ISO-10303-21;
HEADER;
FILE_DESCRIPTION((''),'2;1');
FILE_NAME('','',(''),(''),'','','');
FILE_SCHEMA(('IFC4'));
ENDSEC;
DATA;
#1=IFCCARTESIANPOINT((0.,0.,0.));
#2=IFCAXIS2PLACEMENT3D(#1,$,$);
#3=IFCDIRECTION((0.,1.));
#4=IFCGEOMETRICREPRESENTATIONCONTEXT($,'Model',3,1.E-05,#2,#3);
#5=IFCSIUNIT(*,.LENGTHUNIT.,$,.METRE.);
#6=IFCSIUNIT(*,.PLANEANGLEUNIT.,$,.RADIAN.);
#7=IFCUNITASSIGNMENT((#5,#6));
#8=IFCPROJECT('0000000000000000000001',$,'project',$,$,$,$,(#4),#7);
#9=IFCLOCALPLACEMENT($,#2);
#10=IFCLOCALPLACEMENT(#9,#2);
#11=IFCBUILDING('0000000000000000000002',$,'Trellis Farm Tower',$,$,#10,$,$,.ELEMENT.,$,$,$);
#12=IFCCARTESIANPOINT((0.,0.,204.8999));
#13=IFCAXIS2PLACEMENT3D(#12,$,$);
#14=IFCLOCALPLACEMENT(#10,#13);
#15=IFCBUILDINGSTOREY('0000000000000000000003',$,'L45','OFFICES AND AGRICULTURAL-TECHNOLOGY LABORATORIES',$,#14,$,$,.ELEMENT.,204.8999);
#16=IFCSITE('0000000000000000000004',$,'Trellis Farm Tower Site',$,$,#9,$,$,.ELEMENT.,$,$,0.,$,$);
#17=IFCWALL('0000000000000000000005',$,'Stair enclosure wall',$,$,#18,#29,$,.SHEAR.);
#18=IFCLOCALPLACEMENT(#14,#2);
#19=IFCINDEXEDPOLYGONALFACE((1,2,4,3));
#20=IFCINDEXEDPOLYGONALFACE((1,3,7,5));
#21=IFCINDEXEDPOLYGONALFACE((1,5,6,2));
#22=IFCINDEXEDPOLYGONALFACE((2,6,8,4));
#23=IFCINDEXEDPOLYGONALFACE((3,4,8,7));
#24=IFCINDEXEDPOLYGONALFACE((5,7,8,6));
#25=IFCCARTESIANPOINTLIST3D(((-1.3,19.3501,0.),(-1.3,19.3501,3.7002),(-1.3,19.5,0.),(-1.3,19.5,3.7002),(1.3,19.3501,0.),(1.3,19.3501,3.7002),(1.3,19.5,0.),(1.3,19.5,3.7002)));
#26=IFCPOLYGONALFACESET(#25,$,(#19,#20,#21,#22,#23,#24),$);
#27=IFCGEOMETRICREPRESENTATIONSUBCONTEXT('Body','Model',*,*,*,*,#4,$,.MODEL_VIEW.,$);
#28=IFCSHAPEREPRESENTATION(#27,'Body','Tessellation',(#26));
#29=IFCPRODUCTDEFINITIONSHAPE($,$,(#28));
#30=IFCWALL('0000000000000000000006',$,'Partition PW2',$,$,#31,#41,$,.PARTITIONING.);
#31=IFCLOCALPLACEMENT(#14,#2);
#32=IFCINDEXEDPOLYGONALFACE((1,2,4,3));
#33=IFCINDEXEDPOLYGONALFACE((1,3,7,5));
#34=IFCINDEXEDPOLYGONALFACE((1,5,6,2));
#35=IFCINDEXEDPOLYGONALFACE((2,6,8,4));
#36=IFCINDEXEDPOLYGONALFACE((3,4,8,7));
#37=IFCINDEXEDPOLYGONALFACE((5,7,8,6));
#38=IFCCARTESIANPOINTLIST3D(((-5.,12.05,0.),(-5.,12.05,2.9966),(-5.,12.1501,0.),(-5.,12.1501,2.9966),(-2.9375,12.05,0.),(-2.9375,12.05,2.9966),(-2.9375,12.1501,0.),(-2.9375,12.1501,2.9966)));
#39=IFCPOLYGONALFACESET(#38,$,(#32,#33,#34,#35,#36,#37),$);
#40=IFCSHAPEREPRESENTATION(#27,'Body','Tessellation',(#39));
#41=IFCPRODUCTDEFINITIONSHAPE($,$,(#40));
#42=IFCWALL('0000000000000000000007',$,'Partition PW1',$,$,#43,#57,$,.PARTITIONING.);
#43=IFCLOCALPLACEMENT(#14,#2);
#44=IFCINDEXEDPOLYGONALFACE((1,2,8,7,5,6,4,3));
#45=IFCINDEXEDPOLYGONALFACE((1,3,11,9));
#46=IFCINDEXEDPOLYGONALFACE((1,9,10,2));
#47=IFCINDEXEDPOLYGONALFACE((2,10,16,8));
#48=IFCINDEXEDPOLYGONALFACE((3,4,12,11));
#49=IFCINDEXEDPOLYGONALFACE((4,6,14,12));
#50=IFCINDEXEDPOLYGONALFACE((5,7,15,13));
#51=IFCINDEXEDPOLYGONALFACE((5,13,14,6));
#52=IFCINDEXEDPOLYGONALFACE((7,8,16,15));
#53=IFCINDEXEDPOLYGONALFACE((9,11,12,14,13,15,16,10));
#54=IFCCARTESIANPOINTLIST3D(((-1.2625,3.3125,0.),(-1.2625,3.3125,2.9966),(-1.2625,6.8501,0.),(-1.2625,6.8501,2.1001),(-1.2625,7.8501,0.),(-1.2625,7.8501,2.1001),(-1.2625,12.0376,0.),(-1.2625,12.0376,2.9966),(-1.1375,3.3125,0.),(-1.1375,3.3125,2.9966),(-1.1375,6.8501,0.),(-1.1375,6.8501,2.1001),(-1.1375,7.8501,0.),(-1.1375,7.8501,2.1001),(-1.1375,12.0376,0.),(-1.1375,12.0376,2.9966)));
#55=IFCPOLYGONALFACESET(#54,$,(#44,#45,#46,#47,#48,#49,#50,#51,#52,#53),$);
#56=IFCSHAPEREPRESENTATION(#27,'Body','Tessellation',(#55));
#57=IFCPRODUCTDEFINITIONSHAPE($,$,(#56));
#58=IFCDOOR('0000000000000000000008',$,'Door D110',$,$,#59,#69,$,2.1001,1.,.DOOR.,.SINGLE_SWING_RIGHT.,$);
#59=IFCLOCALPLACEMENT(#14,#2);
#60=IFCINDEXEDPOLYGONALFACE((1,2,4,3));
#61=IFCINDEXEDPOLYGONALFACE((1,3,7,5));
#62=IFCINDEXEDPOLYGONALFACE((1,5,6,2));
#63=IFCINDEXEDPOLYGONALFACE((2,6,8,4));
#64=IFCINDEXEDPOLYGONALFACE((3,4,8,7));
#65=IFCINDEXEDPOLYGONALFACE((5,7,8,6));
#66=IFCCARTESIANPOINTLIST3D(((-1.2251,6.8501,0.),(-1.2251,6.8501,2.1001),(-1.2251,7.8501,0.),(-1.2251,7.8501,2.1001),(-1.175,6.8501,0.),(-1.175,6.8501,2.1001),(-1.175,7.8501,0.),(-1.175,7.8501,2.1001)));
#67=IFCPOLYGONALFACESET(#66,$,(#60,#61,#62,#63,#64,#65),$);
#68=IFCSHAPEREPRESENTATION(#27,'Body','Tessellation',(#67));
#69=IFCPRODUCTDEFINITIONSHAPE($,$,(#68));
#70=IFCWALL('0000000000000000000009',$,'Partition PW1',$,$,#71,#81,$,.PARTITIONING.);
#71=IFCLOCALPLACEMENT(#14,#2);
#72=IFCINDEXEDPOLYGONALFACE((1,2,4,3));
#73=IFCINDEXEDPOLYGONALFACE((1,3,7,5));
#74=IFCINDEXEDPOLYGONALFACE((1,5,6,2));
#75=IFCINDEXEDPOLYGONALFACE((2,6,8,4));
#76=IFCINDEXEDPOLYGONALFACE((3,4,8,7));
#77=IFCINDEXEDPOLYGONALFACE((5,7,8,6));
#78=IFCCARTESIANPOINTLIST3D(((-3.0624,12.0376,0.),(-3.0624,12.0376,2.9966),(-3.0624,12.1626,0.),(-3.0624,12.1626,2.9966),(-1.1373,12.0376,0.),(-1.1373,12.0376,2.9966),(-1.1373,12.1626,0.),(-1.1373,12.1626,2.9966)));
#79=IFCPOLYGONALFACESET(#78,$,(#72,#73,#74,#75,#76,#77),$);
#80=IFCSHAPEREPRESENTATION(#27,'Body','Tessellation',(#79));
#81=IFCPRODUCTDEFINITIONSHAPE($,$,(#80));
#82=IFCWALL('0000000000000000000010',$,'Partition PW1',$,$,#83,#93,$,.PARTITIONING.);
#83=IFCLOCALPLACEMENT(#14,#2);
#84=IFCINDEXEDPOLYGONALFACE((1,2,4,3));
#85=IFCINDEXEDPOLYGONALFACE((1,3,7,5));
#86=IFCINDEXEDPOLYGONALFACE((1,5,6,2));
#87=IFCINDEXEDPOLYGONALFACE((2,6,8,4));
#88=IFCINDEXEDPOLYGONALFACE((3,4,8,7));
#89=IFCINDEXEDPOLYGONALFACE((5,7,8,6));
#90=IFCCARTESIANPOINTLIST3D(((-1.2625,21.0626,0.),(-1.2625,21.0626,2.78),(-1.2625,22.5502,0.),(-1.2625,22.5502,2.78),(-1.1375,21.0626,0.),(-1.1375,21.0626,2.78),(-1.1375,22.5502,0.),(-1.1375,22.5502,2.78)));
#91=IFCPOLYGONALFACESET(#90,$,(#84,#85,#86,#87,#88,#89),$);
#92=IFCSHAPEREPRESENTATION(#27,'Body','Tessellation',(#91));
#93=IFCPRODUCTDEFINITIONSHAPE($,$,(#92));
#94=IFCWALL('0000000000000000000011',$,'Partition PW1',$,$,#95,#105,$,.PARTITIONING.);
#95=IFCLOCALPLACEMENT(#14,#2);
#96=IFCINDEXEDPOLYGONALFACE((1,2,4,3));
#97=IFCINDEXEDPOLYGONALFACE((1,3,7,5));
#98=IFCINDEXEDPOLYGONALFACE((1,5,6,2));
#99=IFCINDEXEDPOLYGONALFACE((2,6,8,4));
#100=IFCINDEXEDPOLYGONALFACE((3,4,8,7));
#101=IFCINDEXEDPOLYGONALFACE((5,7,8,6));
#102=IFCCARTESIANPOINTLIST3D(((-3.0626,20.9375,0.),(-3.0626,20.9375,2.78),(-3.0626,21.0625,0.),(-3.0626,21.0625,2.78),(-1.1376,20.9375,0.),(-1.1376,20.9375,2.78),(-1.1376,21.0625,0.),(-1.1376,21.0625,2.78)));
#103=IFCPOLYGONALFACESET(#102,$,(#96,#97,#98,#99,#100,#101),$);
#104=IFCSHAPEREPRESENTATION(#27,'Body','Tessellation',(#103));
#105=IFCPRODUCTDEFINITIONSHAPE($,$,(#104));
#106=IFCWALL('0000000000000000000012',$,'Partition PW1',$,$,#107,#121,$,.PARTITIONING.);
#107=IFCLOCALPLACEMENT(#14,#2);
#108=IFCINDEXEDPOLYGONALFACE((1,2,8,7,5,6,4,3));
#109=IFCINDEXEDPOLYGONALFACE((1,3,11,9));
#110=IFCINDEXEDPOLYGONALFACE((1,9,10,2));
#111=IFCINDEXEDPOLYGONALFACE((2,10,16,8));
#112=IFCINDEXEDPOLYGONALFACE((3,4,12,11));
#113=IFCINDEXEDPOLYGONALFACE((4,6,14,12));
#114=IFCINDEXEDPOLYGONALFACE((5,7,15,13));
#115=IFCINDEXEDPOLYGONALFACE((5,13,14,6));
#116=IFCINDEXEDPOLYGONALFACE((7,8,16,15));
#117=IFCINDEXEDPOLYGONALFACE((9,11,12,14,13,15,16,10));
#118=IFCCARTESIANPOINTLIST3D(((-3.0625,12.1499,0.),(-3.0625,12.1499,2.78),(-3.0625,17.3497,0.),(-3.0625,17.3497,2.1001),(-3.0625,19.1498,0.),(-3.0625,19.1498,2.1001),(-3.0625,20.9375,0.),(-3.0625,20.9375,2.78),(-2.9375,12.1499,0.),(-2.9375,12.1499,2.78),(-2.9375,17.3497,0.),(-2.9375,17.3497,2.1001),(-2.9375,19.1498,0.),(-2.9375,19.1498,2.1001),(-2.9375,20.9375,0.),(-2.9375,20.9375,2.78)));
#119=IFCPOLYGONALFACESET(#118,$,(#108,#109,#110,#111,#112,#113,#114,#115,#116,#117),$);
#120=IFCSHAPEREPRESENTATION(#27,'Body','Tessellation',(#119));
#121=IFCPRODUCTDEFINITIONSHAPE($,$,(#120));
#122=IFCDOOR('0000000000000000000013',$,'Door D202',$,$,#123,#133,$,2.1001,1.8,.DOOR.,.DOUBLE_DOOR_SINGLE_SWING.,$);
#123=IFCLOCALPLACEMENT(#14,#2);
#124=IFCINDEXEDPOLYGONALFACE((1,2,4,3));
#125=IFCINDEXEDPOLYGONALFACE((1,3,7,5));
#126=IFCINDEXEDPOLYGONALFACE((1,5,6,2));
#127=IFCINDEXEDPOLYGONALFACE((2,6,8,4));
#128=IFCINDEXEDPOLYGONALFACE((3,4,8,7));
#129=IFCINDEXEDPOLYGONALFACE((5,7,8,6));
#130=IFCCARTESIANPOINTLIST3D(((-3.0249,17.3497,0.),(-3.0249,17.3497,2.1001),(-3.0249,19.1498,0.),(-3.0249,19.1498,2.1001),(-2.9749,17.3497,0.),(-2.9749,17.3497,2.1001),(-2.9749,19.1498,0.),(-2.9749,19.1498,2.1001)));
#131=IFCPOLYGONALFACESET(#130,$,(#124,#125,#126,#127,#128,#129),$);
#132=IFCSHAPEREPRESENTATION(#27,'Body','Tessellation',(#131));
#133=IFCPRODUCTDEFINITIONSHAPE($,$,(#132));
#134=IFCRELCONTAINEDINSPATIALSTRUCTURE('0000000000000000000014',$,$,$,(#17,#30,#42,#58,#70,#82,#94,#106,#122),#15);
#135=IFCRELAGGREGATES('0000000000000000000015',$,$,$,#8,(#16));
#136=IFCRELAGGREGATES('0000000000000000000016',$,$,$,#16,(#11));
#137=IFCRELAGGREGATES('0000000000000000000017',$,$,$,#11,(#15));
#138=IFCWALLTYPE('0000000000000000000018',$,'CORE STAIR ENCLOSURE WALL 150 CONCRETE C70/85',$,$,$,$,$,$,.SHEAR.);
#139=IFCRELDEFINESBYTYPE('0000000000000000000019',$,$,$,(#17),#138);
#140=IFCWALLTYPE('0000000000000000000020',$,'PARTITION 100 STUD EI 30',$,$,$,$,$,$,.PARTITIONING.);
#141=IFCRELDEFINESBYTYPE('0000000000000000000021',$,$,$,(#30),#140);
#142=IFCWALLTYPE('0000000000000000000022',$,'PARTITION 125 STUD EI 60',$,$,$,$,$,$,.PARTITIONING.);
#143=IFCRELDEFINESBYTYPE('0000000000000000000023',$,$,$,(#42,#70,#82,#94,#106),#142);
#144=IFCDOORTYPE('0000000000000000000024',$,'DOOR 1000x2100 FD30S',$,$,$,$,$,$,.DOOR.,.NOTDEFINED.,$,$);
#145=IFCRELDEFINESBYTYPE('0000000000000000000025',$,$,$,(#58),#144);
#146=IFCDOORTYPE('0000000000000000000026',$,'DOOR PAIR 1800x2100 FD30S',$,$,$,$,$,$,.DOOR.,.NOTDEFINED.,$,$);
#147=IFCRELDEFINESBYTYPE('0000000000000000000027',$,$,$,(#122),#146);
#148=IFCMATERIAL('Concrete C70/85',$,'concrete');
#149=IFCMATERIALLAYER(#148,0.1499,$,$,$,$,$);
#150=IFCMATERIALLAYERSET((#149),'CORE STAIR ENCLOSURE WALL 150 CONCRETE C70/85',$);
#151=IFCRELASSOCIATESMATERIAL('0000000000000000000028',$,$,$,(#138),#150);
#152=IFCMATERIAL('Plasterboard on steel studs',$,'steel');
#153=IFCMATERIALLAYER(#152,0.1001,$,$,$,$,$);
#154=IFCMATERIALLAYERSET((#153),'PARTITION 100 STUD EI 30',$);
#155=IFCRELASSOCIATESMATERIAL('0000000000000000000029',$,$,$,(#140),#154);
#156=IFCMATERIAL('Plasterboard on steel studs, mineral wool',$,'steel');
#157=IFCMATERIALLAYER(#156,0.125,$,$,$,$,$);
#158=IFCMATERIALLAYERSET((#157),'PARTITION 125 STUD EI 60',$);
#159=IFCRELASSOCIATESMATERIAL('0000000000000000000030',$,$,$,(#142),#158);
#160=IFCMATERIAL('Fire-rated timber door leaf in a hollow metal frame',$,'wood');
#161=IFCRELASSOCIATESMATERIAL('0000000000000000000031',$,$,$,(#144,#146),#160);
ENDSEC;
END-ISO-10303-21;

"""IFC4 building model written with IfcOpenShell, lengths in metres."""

from ifc_helpers import new_model, si_unit, direction, frame, frame_2d, origin, place, context, subcontext, project, spatial, rectangle, extrude, source, transform, mapped, material, layer, layer_set, type_object, element, fill, save


model = new_model("IFC4")

# Units and contexts
model_context = context("Model", 3, precision=1e-05, world=origin(), true_north=direction((0.0, 1.0)))
body_context = subcontext(model_context, "Body", "Model", "MODEL_VIEW")
ifc_project = project(units=[si_unit("LENGTHUNIT", "METRE"), si_unit("PLANEANGLEUNIT", "RADIAN")], contexts=[model_context])

# Site, building, storey
site_placement = place(None, origin())
site = spatial("IfcSite", under=ifc_project, at=site_placement, Name="Trellis Farm Tower Site", CompositionType="ELEMENT", RefElevation=0.0)
building_placement = place(site_placement, origin())
building = spatial("IfcBuilding", under=site, at=building_placement, Name="Trellis Farm Tower", CompositionType="ELEMENT")
storey_placement = place(building_placement, frame((0.0, 0.0, 204.8999)))
storey = spatial("IfcBuildingStorey", under=building, at=storey_placement, Name="L45", Description="OFFICES AND AGRICULTURAL-TECHNOLOGY LABORATORIES", CompositionType="ELEMENT", Elevation=204.8999)

# Shared definitions
ifc_material_1 = material(Name="Concrete C70/85", Category="concrete")

# Shared definitions
ifc_layer_1 = layer(ifc_material_1, 0.1499)
ifc_layer_set_1 = layer_set([ifc_layer_1], Name="CORE STAIR ENCLOSURE WALL 150 CONCRETE C70/85")
wall_type_1 = type_object("IfcWallType", Name="CORE STAIR ENCLOSURE WALL 150 CONCRETE C70/85", PredefinedType="SHEAR", material=ifc_layer_set_1)
shared_shape_1 = source(origin(), body_context, "Body", "SweptSolid", [
    extrude(rectangle(XDim=2.6001, YDim=0.1499, at=frame_2d((1.3, 0.0))), origin(), (0.0, 0.0, 1.0), 3.7002),
])

# Walls
wall_1_placement = place(storey_placement, frame((-1.3, 19.425, 0.0), z_axis=(0.0, 0.0, 1.0), x_axis=(1.0, 0.0, 0.0)))
element("IfcWall", 1, at=wall_1_placement, inside=storey, type_object=wall_type_1, Name="Stair enclosure wall", PredefinedType="SHEAR", context=body_context, shape_type="MappedRepresentation", body=[
    mapped(shared_shape_1, transform((0.0, 0.0, 0.0))),
])
ifc_material_2 = material(Name="Plasterboard on steel studs", Category="steel")
ifc_layer_2 = layer(ifc_material_2, 0.1001)
ifc_layer_set_2 = layer_set([ifc_layer_2], Name="PARTITION 100 STUD EI 30")
wall_type_2 = type_object("IfcWallType", Name="PARTITION 100 STUD EI 30", PredefinedType="PARTITIONING", material=ifc_layer_set_2)
shared_shape_2 = source(origin(), body_context, "Body", "SweptSolid", [
    extrude(rectangle(XDim=2.0625, YDim=0.1001, at=frame_2d((1.0312, 0.0))), origin(), (0.0, 0.0, 1.0), 2.9966),
])
wall_2_placement = place(storey_placement, frame((-5.0, 12.1001, 0.0), z_axis=(0.0, 0.0, 1.0), x_axis=(1.0, 0.0, 0.0)))
element("IfcWall", 2, at=wall_2_placement, inside=storey, type_object=wall_type_2, Name="Partition PW2", PredefinedType="PARTITIONING", context=body_context, shape_type="MappedRepresentation", body=[
    mapped(shared_shape_2, transform((0.0, 0.0, 0.0))),
])

# Wall, opening, door
ifc_material_3 = material(Name="Plasterboard on steel studs, mineral wool", Category="steel")
ifc_layer_3 = layer(ifc_material_3, 0.125)
ifc_layer_set_3 = layer_set([ifc_layer_3], Name="PARTITION 125 STUD EI 60")
wall_type_3 = type_object("IfcWallType", Name="PARTITION 125 STUD EI 60", PredefinedType="PARTITIONING", material=ifc_layer_set_3)
shared_shape_3 = source(origin(), body_context, "Body", "SweptSolid", [
    extrude(rectangle(XDim=8.7251, YDim=0.125, at=frame_2d((4.3625, 0.0))), origin(), (0.0, 0.0, 1.0), 2.9966),
])
wall_3_placement = place(storey_placement, frame((-1.2, 12.0376, 0.0), z_axis=(0.0, 0.0, 1.0), x_axis=(0.0, -1.0, 0.0)))
wall_3 = element("IfcWall", 3, at=wall_3_placement, inside=storey, type_object=wall_type_3, Name="Partition PW1", PredefinedType="PARTITIONING", context=body_context, shape_type="MappedRepresentation", body=[
    mapped(shared_shape_3, transform((0.0, 0.0, 0.0))),
])
shared_shape_4 = source(origin(), body_context, "Body", "SweptSolid", [
    extrude(rectangle(XDim=1.0, YDim=2.1001, at=frame_2d((0.5, 1.05))), frame((0.0, 0.0725, 0.0), z_axis=(0.0, -1.0, 0.0), x_axis=(1.0, 0.0, 0.0)), (0.0, 0.0, 1.0), 0.145),
])
opening_1_placement = place(wall_3_placement, frame((4.1875, 0.0, 0.0)))
opening_1 = element("IfcOpeningElement", 4, at=opening_1_placement, cuts=wall_3, PredefinedType="OPENING", context=body_context, shape_type="MappedRepresentation", body=[
    mapped(shared_shape_4, transform((0.0, 0.0, 0.0))),
])
ifc_material_4 = material(Name="Fire-rated timber door leaf in a hollow metal frame", Category="wood")
door_type_1 = type_object("IfcDoorType", Name="DOOR 1000x2100 FD30S", OperationType="NOTDEFINED", PredefinedType="DOOR", material=ifc_material_4)
shared_shape_5 = source(origin(), body_context, "Body", "SweptSolid", [
    extrude(rectangle(XDim=1.0, YDim=2.1001, at=frame_2d((0.5, 1.05))), frame((0.0, 0.0249, 0.0), z_axis=(0.0, -1.0, 0.0), x_axis=(1.0, 0.0, 0.0)), (0.0, 0.0, 1.0), 0.05),
])
door_1_placement = place(opening_1_placement, origin())
door_1 = element("IfcDoor", 5, at=door_1_placement, inside=storey, type_object=door_type_1, Name="Door D110", OperationType="SINGLE_SWING_RIGHT", OverallHeight=2.1001, OverallWidth=1.0, PredefinedType="DOOR", context=body_context, shape_type="MappedRepresentation", body=[
    mapped(shared_shape_5, transform((0.0, 0.0, 0.0))),
])
fill(opening_1, door_1)

# Walls
shared_shape_6 = source(origin(), body_context, "Body", "SweptSolid", [
    extrude(rectangle(XDim=1.925, YDim=0.125, at=frame_2d((0.9624, 0.0))), origin(), (0.0, 0.0, 1.0), 2.9966),
])
wall_4_placement = place(storey_placement, frame((-1.1375, 12.1001, 0.0), z_axis=(0.0, 0.0, 1.0), x_axis=(-1.0, 0.0, 0.0)))
element("IfcWall", 6, at=wall_4_placement, inside=storey, type_object=wall_type_3, Name="Partition PW1", PredefinedType="PARTITIONING", context=body_context, shape_type="MappedRepresentation", body=[
    mapped(shared_shape_6, transform((0.0, 0.0, 0.0))),
])
shared_shape_7 = source(origin(), body_context, "Body", "SweptSolid", [
    extrude(rectangle(XDim=1.4875, YDim=0.125, at=frame_2d((0.7437, 0.0))), origin(), (0.0, 0.0, 1.0), 2.78),
])
wall_5_placement = place(storey_placement, frame((-1.2, 22.55, 0.0), z_axis=(0.0, 0.0, 1.0), x_axis=(0.0, -1.0, 0.0)))
element("IfcWall", 7, at=wall_5_placement, inside=storey, type_object=wall_type_3, Name="Partition PW1", PredefinedType="PARTITIONING", context=body_context, shape_type="MappedRepresentation", body=[
    mapped(shared_shape_7, transform((0.0, 0.0, 0.0))),
])
shared_shape_8 = source(origin(), body_context, "Body", "SweptSolid", [
    extrude(rectangle(XDim=1.925, YDim=0.125, at=frame_2d((0.9624, 0.0))), origin(), (0.0, 0.0, 1.0), 2.78),
])
wall_6_placement = place(storey_placement, frame((-3.0625, 21.0, 0.0), z_axis=(0.0, 0.0, 1.0), x_axis=(1.0, 0.0, 0.0)))
element("IfcWall", 8, at=wall_6_placement, inside=storey, type_object=wall_type_3, Name="Partition PW1", PredefinedType="PARTITIONING", context=body_context, shape_type="MappedRepresentation", body=[
    mapped(shared_shape_8, transform((0.0, 0.0, 0.0))),
])

# Wall, opening, door
shared_shape_9 = source(origin(), body_context, "Body", "SweptSolid", [
    extrude(rectangle(XDim=8.7876, YDim=0.125, at=frame_2d((4.3938, 0.0))), origin(), (0.0, 0.0, 1.0), 2.78),
])
wall_7_placement = place(storey_placement, frame((-3.0, 12.1499, 0.0), z_axis=(0.0, 0.0, 1.0), x_axis=(0.0, 1.0, 0.0)))
wall_7 = element("IfcWall", 9, at=wall_7_placement, inside=storey, type_object=wall_type_3, Name="Partition PW1", PredefinedType="PARTITIONING", context=body_context, shape_type="MappedRepresentation", body=[
    mapped(shared_shape_9, transform((0.0, 0.0, 0.0))),
])
shared_shape_10 = source(origin(), body_context, "Body", "SweptSolid", [
    extrude(rectangle(XDim=1.8, YDim=2.1001, at=frame_2d((0.8999, 1.05))), frame((0.0, 0.0725, 0.0), z_axis=(0.0, -1.0, 0.0), x_axis=(1.0, 0.0, 0.0)), (0.0, 0.0, 1.0), 0.145),
])
opening_2_placement = place(wall_7_placement, frame((5.2, 0.0, 0.0)))
opening_2 = element("IfcOpeningElement", 10, at=opening_2_placement, cuts=wall_7, PredefinedType="OPENING", context=body_context, shape_type="MappedRepresentation", body=[
    mapped(shared_shape_10, transform((0.0, 0.0, 0.0))),
])
door_type_2 = type_object("IfcDoorType", Name="DOOR PAIR 1800x2100 FD30S", OperationType="NOTDEFINED", PredefinedType="DOOR", material=ifc_material_4)
shared_shape_11 = source(origin(), body_context, "Body", "SweptSolid", [
    extrude(rectangle(XDim=1.8, YDim=2.1001, at=frame_2d((0.8999, 1.05))), frame((0.0, 0.0249, 0.0), z_axis=(0.0, -1.0, 0.0), x_axis=(1.0, 0.0, 0.0)), (0.0, 0.0, 1.0), 0.05),
])
door_2_placement = place(opening_2_placement, origin())
door_2 = element("IfcDoor", 11, at=door_2_placement, inside=storey, type_object=door_type_2, Name="Door D202", OperationType="DOUBLE_DOOR_SINGLE_SWING", OverallHeight=2.1001, OverallWidth=1.8, PredefinedType="DOOR", context=body_context, shape_type="MappedRepresentation", body=[
    mapped(shared_shape_11, transform((0.0, 0.0, 0.0))),
])
fill(opening_2, door_2)

save(model, "model.ifc")
